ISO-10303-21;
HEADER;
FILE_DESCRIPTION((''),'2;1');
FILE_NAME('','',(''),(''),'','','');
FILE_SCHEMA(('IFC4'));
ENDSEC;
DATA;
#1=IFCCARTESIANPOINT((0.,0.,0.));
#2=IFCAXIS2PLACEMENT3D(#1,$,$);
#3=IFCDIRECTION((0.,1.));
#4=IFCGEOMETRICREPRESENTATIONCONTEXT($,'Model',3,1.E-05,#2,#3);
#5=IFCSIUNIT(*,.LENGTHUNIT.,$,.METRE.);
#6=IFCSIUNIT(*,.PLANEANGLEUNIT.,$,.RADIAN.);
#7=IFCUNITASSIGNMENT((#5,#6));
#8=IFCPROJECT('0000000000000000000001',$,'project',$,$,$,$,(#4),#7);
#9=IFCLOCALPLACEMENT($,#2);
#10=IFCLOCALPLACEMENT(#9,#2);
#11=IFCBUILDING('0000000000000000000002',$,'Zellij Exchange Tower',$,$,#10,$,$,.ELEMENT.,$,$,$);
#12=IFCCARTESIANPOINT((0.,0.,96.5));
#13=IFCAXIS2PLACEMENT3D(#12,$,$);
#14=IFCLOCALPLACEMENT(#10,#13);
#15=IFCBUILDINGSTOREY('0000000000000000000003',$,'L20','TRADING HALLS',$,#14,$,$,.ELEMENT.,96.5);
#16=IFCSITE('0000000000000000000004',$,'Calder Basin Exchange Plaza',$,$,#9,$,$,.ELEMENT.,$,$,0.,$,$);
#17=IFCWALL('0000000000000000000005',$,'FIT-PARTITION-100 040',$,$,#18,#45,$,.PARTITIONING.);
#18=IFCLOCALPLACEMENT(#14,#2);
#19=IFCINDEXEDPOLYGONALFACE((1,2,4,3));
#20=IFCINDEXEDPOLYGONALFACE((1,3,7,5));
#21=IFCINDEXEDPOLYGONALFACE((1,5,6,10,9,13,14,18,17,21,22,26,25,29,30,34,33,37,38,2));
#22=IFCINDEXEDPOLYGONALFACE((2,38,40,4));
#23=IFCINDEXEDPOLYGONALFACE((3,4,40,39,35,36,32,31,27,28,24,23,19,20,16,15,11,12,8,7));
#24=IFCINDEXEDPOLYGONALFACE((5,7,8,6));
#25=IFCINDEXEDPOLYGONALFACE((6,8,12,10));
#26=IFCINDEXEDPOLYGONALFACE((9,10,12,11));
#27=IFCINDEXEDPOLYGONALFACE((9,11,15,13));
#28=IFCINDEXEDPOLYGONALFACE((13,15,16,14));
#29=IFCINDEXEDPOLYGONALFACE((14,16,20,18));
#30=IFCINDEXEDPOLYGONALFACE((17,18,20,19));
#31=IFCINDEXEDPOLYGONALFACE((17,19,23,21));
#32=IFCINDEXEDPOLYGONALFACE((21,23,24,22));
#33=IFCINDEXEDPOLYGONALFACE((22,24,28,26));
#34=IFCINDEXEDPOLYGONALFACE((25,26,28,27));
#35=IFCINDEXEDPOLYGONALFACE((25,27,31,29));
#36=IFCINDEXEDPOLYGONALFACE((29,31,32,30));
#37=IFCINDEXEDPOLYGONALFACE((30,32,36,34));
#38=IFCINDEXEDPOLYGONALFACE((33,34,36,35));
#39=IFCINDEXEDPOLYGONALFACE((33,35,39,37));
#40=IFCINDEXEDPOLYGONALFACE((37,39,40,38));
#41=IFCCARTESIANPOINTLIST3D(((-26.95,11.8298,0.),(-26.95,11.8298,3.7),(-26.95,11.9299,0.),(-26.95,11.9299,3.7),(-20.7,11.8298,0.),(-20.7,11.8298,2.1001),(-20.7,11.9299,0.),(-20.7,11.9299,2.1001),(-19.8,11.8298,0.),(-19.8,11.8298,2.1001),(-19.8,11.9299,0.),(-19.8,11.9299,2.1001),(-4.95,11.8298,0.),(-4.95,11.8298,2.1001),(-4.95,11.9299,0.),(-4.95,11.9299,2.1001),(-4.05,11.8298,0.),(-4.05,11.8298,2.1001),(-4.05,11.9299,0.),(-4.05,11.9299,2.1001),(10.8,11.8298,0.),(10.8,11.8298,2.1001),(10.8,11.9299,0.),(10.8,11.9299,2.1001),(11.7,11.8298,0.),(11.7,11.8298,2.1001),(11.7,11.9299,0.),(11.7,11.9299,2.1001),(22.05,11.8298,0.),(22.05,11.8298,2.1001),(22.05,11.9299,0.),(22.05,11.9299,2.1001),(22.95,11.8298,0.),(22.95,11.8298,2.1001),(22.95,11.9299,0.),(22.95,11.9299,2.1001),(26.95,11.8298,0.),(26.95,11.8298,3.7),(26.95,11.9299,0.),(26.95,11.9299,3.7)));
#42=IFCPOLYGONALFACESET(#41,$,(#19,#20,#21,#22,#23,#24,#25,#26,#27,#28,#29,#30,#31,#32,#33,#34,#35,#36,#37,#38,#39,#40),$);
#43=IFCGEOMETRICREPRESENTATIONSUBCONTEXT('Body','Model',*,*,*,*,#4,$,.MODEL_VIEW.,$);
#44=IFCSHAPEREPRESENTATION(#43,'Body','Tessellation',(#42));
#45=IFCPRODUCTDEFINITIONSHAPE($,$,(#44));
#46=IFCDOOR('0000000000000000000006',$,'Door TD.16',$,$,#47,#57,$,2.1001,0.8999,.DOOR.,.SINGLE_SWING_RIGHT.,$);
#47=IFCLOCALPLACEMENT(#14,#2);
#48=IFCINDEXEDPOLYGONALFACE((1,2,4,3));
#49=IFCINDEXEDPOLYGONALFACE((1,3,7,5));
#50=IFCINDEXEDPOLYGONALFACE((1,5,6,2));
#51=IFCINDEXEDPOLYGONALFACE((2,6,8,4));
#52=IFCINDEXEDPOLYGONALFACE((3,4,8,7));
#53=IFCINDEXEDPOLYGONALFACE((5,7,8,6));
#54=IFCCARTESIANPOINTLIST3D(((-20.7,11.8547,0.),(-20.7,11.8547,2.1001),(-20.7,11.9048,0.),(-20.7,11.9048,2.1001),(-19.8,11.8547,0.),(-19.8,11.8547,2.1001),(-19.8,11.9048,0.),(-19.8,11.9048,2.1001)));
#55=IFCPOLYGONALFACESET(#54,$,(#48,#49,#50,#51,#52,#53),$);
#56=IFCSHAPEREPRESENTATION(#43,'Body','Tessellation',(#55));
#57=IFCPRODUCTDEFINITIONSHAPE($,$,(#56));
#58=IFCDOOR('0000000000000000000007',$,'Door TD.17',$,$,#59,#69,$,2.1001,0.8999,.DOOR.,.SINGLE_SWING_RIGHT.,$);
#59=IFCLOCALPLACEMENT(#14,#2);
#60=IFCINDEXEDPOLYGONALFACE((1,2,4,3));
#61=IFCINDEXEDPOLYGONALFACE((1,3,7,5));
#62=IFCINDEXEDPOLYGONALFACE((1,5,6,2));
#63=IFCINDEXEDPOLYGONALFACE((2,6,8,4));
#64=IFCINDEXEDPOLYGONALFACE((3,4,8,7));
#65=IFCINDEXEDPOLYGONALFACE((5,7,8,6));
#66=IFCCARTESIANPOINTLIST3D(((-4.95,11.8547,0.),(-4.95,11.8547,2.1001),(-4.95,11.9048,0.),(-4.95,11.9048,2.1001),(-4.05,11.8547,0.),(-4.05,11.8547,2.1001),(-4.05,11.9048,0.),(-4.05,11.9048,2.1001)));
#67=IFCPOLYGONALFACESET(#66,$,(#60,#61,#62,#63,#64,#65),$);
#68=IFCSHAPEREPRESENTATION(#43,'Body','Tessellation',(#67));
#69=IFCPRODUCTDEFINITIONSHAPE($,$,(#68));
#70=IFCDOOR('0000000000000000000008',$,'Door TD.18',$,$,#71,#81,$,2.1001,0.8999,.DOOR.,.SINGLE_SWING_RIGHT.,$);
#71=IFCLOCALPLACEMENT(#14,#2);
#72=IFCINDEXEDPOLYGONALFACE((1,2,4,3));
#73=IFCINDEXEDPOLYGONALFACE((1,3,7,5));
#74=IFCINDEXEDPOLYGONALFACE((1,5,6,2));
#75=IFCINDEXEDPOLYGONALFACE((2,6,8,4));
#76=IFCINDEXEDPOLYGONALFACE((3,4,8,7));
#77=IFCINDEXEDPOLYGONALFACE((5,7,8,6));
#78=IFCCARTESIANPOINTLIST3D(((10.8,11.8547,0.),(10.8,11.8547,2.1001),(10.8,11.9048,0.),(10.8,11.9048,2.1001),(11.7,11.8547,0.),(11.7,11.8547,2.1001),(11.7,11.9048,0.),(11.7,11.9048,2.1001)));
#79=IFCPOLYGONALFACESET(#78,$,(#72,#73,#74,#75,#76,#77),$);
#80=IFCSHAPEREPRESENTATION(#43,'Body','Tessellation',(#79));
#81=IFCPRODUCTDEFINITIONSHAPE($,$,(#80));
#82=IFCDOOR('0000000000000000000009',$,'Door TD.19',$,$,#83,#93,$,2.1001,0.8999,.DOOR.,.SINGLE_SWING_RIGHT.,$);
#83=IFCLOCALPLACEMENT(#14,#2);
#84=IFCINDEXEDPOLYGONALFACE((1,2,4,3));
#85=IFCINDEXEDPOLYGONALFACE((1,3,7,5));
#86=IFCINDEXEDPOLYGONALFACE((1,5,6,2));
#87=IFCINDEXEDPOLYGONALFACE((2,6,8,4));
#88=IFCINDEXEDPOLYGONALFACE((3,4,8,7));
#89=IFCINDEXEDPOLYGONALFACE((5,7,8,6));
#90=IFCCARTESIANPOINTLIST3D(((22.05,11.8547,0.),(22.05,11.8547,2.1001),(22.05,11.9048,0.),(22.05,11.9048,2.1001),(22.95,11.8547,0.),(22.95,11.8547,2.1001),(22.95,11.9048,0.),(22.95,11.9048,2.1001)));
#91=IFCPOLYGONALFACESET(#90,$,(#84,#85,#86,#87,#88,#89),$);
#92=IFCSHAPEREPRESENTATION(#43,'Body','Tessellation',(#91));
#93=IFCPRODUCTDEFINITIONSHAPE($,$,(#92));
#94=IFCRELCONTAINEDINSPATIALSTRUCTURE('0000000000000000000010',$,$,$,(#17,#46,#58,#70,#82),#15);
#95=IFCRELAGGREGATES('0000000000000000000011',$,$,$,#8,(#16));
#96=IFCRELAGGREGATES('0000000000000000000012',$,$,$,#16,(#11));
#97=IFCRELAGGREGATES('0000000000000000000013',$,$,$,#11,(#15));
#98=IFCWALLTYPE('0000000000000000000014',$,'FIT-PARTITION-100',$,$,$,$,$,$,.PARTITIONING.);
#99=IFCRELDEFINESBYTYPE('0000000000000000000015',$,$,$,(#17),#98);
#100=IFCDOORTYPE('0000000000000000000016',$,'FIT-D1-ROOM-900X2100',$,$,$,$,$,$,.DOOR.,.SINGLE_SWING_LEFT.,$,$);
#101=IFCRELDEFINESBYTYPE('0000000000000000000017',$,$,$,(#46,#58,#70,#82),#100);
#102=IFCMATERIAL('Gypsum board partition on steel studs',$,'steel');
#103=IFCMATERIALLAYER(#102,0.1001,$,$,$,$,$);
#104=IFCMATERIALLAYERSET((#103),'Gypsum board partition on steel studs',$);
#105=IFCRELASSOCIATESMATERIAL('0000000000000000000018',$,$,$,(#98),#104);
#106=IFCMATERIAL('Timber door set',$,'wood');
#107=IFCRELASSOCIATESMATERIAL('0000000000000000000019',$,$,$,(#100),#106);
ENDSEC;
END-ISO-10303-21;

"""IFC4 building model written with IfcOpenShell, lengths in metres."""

from ifc_helpers import new_model, si_unit, direction, frame, frame_2d, origin, place, context, subcontext, project, spatial, rectangle, extrude, material, layer, layer_set, type_object, element, fill, save


model = new_model("IFC4")

# Units and contexts
model_context = context("Model", 3, precision=1e-05, world=origin(), true_north=direction((0.0, 1.0)))
body_context = subcontext(model_context, "Body", "Model", "MODEL_VIEW")
ifc_project = project(units=[si_unit("LENGTHUNIT", "METRE"), si_unit("PLANEANGLEUNIT", "RADIAN")], contexts=[model_context])

# Site, building, storey
site_placement = place(None, origin())
site = spatial("IfcSite", under=ifc_project, at=site_placement, Name="Calder Basin Exchange Plaza", CompositionType="ELEMENT", RefElevation=0.0)
building_placement = place(site_placement, origin())
building = spatial("IfcBuilding", under=site, at=building_placement, Name="Zellij Exchange Tower", CompositionType="ELEMENT")
storey_placement = place(building_placement, frame((0.0, 0.0, 96.5)))
storey = spatial("IfcBuildingStorey", under=building, at=storey_placement, Name="L20", Description="TRADING HALLS", CompositionType="ELEMENT", Elevation=96.5)

# Shared definitions
ifc_material_1 = material(Name="Gypsum board partition on steel studs", Category="steel")
ifc_layer = layer(ifc_material_1, 0.1001)
ifc_layer_set = layer_set([ifc_layer], Name="Gypsum board partition on steel studs")
wall_type = type_object("IfcWallType", Name="FIT-PARTITION-100", PredefinedType="PARTITIONING", material=ifc_layer_set)
ifc_material_2 = material(Name="Timber door set", Category="wood")
door_type_1 = type_object("IfcDoorType", Name="FIT-D1-ROOM-900X2100", OperationType="SINGLE_SWING_LEFT", PredefinedType="DOOR", material=ifc_material_2)

# Wall, openings, doors
wall_1_placement = place(storey_placement, frame((-26.95, 11.8799, 0.0), z_axis=(0.0, 0.0, 1.0), x_axis=(1.0, 0.0, 0.0)))
wall_1 = element("IfcWall", 1, at=wall_1_placement, inside=storey, type_object=wall_type, Name="FIT-PARTITION-100 040", PredefinedType="PARTITIONING", context=body_context, shape_type="SweptSolid", body=[
    extrude(rectangle(XDim=53.8999, YDim=0.1001, at=frame_2d((26.95, 0.0))), origin(), (0.0, 0.0, 1.0), 3.7),
])
opening_1_placement = place(wall_1_placement, frame((6.25, 0.0, 0.0)))
opening_1 = element("IfcOpeningElement", 2, at=opening_1_placement, cuts=wall_1, PredefinedType="OPENING", context=body_context, shape_type="SweptSolid", body=[
    extrude(rectangle(XDim=0.8999, YDim=2.1001, at=frame_2d((0.45, 1.05))), frame((0.0, 0.062, 0.0), z_axis=(0.0, -1.0, 0.0), x_axis=(1.0, 0.0, 0.0)), (0.0, 0.0, 1.0), 0.124),
])
opening_2_placement = place(wall_1_placement, frame((22.0, 0.0, 0.0)))
opening_2 = element("IfcOpeningElement", 3, at=opening_2_placement, cuts=wall_1, PredefinedType="OPENING", context=body_context, shape_type="SweptSolid", body=[
    extrude(rectangle(XDim=0.8999, YDim=2.1001, at=frame_2d((0.45, 1.05))), frame((0.0, 0.062, 0.0), z_axis=(0.0, -1.0, 0.0), x_axis=(1.0, 0.0, 0.0)), (0.0, 0.0, 1.0), 0.124),
])
opening_3_placement = place(wall_1_placement, frame((37.75, 0.0, 0.0)))
opening_3 = element("IfcOpeningElement", 4, at=opening_3_placement, cuts=wall_1, PredefinedType="OPENING", context=body_context, shape_type="SweptSolid", body=[
    extrude(rectangle(XDim=0.8999, YDim=2.1001, at=frame_2d((0.45, 1.05))), frame((0.0, 0.062, 0.0), z_axis=(0.0, -1.0, 0.0), x_axis=(1.0, 0.0, 0.0)), (0.0, 0.0, 1.0), 0.124),
])
opening_4_placement = place(wall_1_placement, frame((49.0, 0.0, 0.0)))
opening_4 = element("IfcOpeningElement", 5, at=opening_4_placement, cuts=wall_1, PredefinedType="OPENING", context=body_context, shape_type="SweptSolid", body=[
    extrude(rectangle(XDim=0.8999, YDim=2.1001, at=frame_2d((0.45, 1.05))), frame((0.0, 0.062, 0.0), z_axis=(0.0, -1.0, 0.0), x_axis=(1.0, 0.0, 0.0)), (0.0, 0.0, 1.0), 0.124),
])
door_1_placement = place(opening_1_placement, origin())
door_1 = element("IfcDoor", 6, at=door_1_placement, inside=storey, type_object=door_type_1, Name="Door TD.16", OperationType="SINGLE_SWING_RIGHT", OverallHeight=2.1001, OverallWidth=0.8999, PredefinedType="DOOR", context=body_context, shape_type="SweptSolid", body=[
    extrude(rectangle(XDim=0.8999, YDim=2.1001, at=frame_2d((0.45, 1.05))), frame((0.0, 0.0249, 0.0), z_axis=(0.0, -1.0, 0.0), x_axis=(1.0, 0.0, 0.0)), (0.0, 0.0, 1.0), 0.05),
])
fill(opening_1, door_1)
door_2_placement = place(opening_2_placement, origin())
door_2 = element("IfcDoor", 7, at=door_2_placement, inside=storey, type_object=door_type_1, Name="Door TD.17", OperationType="SINGLE_SWING_RIGHT", OverallHeight=2.1001, OverallWidth=0.8999, PredefinedType="DOOR", context=body_context, shape_type="SweptSolid", body=[
    extrude(rectangle(XDim=0.8999, YDim=2.1001, at=frame_2d((0.45, 1.05))), frame((0.0, 0.0249, 0.0), z_axis=(0.0, -1.0, 0.0), x_axis=(1.0, 0.0, 0.0)), (0.0, 0.0, 1.0), 0.05),
])
fill(opening_2, door_2)
door_3_placement = place(opening_3_placement, origin())
door_3 = element("IfcDoor", 8, at=door_3_placement, inside=storey, type_object=door_type_1, Name="Door TD.18", OperationType="SINGLE_SWING_RIGHT", OverallHeight=2.1001, OverallWidth=0.8999, PredefinedType="DOOR", context=body_context, shape_type="SweptSolid", body=[
    extrude(rectangle(XDim=0.8999, YDim=2.1001, at=frame_2d((0.45, 1.05))), frame((0.0, 0.0249, 0.0), z_axis=(0.0, -1.0, 0.0), x_axis=(1.0, 0.0, 0.0)), (0.0, 0.0, 1.0), 0.05),
])
fill(opening_3, door_3)
door_4_placement = place(opening_4_placement, origin())
door_4 = element("IfcDoor", 9, at=door_4_placement, inside=storey, type_object=door_type_1, Name="Door TD.19", OperationType="SINGLE_SWING_RIGHT", OverallHeight=2.1001, OverallWidth=0.8999, PredefinedType="DOOR", context=body_context, shape_type="SweptSolid", body=[
    extrude(rectangle(XDim=0.8999, YDim=2.1001, at=frame_2d((0.45, 1.05))), frame((0.0, 0.0249, 0.0), z_axis=(0.0, -1.0, 0.0), x_axis=(1.0, 0.0, 0.0)), (0.0, 0.0, 1.0), 0.05),
])
fill(opening_4, door_4)

save(model, "model.ifc")
